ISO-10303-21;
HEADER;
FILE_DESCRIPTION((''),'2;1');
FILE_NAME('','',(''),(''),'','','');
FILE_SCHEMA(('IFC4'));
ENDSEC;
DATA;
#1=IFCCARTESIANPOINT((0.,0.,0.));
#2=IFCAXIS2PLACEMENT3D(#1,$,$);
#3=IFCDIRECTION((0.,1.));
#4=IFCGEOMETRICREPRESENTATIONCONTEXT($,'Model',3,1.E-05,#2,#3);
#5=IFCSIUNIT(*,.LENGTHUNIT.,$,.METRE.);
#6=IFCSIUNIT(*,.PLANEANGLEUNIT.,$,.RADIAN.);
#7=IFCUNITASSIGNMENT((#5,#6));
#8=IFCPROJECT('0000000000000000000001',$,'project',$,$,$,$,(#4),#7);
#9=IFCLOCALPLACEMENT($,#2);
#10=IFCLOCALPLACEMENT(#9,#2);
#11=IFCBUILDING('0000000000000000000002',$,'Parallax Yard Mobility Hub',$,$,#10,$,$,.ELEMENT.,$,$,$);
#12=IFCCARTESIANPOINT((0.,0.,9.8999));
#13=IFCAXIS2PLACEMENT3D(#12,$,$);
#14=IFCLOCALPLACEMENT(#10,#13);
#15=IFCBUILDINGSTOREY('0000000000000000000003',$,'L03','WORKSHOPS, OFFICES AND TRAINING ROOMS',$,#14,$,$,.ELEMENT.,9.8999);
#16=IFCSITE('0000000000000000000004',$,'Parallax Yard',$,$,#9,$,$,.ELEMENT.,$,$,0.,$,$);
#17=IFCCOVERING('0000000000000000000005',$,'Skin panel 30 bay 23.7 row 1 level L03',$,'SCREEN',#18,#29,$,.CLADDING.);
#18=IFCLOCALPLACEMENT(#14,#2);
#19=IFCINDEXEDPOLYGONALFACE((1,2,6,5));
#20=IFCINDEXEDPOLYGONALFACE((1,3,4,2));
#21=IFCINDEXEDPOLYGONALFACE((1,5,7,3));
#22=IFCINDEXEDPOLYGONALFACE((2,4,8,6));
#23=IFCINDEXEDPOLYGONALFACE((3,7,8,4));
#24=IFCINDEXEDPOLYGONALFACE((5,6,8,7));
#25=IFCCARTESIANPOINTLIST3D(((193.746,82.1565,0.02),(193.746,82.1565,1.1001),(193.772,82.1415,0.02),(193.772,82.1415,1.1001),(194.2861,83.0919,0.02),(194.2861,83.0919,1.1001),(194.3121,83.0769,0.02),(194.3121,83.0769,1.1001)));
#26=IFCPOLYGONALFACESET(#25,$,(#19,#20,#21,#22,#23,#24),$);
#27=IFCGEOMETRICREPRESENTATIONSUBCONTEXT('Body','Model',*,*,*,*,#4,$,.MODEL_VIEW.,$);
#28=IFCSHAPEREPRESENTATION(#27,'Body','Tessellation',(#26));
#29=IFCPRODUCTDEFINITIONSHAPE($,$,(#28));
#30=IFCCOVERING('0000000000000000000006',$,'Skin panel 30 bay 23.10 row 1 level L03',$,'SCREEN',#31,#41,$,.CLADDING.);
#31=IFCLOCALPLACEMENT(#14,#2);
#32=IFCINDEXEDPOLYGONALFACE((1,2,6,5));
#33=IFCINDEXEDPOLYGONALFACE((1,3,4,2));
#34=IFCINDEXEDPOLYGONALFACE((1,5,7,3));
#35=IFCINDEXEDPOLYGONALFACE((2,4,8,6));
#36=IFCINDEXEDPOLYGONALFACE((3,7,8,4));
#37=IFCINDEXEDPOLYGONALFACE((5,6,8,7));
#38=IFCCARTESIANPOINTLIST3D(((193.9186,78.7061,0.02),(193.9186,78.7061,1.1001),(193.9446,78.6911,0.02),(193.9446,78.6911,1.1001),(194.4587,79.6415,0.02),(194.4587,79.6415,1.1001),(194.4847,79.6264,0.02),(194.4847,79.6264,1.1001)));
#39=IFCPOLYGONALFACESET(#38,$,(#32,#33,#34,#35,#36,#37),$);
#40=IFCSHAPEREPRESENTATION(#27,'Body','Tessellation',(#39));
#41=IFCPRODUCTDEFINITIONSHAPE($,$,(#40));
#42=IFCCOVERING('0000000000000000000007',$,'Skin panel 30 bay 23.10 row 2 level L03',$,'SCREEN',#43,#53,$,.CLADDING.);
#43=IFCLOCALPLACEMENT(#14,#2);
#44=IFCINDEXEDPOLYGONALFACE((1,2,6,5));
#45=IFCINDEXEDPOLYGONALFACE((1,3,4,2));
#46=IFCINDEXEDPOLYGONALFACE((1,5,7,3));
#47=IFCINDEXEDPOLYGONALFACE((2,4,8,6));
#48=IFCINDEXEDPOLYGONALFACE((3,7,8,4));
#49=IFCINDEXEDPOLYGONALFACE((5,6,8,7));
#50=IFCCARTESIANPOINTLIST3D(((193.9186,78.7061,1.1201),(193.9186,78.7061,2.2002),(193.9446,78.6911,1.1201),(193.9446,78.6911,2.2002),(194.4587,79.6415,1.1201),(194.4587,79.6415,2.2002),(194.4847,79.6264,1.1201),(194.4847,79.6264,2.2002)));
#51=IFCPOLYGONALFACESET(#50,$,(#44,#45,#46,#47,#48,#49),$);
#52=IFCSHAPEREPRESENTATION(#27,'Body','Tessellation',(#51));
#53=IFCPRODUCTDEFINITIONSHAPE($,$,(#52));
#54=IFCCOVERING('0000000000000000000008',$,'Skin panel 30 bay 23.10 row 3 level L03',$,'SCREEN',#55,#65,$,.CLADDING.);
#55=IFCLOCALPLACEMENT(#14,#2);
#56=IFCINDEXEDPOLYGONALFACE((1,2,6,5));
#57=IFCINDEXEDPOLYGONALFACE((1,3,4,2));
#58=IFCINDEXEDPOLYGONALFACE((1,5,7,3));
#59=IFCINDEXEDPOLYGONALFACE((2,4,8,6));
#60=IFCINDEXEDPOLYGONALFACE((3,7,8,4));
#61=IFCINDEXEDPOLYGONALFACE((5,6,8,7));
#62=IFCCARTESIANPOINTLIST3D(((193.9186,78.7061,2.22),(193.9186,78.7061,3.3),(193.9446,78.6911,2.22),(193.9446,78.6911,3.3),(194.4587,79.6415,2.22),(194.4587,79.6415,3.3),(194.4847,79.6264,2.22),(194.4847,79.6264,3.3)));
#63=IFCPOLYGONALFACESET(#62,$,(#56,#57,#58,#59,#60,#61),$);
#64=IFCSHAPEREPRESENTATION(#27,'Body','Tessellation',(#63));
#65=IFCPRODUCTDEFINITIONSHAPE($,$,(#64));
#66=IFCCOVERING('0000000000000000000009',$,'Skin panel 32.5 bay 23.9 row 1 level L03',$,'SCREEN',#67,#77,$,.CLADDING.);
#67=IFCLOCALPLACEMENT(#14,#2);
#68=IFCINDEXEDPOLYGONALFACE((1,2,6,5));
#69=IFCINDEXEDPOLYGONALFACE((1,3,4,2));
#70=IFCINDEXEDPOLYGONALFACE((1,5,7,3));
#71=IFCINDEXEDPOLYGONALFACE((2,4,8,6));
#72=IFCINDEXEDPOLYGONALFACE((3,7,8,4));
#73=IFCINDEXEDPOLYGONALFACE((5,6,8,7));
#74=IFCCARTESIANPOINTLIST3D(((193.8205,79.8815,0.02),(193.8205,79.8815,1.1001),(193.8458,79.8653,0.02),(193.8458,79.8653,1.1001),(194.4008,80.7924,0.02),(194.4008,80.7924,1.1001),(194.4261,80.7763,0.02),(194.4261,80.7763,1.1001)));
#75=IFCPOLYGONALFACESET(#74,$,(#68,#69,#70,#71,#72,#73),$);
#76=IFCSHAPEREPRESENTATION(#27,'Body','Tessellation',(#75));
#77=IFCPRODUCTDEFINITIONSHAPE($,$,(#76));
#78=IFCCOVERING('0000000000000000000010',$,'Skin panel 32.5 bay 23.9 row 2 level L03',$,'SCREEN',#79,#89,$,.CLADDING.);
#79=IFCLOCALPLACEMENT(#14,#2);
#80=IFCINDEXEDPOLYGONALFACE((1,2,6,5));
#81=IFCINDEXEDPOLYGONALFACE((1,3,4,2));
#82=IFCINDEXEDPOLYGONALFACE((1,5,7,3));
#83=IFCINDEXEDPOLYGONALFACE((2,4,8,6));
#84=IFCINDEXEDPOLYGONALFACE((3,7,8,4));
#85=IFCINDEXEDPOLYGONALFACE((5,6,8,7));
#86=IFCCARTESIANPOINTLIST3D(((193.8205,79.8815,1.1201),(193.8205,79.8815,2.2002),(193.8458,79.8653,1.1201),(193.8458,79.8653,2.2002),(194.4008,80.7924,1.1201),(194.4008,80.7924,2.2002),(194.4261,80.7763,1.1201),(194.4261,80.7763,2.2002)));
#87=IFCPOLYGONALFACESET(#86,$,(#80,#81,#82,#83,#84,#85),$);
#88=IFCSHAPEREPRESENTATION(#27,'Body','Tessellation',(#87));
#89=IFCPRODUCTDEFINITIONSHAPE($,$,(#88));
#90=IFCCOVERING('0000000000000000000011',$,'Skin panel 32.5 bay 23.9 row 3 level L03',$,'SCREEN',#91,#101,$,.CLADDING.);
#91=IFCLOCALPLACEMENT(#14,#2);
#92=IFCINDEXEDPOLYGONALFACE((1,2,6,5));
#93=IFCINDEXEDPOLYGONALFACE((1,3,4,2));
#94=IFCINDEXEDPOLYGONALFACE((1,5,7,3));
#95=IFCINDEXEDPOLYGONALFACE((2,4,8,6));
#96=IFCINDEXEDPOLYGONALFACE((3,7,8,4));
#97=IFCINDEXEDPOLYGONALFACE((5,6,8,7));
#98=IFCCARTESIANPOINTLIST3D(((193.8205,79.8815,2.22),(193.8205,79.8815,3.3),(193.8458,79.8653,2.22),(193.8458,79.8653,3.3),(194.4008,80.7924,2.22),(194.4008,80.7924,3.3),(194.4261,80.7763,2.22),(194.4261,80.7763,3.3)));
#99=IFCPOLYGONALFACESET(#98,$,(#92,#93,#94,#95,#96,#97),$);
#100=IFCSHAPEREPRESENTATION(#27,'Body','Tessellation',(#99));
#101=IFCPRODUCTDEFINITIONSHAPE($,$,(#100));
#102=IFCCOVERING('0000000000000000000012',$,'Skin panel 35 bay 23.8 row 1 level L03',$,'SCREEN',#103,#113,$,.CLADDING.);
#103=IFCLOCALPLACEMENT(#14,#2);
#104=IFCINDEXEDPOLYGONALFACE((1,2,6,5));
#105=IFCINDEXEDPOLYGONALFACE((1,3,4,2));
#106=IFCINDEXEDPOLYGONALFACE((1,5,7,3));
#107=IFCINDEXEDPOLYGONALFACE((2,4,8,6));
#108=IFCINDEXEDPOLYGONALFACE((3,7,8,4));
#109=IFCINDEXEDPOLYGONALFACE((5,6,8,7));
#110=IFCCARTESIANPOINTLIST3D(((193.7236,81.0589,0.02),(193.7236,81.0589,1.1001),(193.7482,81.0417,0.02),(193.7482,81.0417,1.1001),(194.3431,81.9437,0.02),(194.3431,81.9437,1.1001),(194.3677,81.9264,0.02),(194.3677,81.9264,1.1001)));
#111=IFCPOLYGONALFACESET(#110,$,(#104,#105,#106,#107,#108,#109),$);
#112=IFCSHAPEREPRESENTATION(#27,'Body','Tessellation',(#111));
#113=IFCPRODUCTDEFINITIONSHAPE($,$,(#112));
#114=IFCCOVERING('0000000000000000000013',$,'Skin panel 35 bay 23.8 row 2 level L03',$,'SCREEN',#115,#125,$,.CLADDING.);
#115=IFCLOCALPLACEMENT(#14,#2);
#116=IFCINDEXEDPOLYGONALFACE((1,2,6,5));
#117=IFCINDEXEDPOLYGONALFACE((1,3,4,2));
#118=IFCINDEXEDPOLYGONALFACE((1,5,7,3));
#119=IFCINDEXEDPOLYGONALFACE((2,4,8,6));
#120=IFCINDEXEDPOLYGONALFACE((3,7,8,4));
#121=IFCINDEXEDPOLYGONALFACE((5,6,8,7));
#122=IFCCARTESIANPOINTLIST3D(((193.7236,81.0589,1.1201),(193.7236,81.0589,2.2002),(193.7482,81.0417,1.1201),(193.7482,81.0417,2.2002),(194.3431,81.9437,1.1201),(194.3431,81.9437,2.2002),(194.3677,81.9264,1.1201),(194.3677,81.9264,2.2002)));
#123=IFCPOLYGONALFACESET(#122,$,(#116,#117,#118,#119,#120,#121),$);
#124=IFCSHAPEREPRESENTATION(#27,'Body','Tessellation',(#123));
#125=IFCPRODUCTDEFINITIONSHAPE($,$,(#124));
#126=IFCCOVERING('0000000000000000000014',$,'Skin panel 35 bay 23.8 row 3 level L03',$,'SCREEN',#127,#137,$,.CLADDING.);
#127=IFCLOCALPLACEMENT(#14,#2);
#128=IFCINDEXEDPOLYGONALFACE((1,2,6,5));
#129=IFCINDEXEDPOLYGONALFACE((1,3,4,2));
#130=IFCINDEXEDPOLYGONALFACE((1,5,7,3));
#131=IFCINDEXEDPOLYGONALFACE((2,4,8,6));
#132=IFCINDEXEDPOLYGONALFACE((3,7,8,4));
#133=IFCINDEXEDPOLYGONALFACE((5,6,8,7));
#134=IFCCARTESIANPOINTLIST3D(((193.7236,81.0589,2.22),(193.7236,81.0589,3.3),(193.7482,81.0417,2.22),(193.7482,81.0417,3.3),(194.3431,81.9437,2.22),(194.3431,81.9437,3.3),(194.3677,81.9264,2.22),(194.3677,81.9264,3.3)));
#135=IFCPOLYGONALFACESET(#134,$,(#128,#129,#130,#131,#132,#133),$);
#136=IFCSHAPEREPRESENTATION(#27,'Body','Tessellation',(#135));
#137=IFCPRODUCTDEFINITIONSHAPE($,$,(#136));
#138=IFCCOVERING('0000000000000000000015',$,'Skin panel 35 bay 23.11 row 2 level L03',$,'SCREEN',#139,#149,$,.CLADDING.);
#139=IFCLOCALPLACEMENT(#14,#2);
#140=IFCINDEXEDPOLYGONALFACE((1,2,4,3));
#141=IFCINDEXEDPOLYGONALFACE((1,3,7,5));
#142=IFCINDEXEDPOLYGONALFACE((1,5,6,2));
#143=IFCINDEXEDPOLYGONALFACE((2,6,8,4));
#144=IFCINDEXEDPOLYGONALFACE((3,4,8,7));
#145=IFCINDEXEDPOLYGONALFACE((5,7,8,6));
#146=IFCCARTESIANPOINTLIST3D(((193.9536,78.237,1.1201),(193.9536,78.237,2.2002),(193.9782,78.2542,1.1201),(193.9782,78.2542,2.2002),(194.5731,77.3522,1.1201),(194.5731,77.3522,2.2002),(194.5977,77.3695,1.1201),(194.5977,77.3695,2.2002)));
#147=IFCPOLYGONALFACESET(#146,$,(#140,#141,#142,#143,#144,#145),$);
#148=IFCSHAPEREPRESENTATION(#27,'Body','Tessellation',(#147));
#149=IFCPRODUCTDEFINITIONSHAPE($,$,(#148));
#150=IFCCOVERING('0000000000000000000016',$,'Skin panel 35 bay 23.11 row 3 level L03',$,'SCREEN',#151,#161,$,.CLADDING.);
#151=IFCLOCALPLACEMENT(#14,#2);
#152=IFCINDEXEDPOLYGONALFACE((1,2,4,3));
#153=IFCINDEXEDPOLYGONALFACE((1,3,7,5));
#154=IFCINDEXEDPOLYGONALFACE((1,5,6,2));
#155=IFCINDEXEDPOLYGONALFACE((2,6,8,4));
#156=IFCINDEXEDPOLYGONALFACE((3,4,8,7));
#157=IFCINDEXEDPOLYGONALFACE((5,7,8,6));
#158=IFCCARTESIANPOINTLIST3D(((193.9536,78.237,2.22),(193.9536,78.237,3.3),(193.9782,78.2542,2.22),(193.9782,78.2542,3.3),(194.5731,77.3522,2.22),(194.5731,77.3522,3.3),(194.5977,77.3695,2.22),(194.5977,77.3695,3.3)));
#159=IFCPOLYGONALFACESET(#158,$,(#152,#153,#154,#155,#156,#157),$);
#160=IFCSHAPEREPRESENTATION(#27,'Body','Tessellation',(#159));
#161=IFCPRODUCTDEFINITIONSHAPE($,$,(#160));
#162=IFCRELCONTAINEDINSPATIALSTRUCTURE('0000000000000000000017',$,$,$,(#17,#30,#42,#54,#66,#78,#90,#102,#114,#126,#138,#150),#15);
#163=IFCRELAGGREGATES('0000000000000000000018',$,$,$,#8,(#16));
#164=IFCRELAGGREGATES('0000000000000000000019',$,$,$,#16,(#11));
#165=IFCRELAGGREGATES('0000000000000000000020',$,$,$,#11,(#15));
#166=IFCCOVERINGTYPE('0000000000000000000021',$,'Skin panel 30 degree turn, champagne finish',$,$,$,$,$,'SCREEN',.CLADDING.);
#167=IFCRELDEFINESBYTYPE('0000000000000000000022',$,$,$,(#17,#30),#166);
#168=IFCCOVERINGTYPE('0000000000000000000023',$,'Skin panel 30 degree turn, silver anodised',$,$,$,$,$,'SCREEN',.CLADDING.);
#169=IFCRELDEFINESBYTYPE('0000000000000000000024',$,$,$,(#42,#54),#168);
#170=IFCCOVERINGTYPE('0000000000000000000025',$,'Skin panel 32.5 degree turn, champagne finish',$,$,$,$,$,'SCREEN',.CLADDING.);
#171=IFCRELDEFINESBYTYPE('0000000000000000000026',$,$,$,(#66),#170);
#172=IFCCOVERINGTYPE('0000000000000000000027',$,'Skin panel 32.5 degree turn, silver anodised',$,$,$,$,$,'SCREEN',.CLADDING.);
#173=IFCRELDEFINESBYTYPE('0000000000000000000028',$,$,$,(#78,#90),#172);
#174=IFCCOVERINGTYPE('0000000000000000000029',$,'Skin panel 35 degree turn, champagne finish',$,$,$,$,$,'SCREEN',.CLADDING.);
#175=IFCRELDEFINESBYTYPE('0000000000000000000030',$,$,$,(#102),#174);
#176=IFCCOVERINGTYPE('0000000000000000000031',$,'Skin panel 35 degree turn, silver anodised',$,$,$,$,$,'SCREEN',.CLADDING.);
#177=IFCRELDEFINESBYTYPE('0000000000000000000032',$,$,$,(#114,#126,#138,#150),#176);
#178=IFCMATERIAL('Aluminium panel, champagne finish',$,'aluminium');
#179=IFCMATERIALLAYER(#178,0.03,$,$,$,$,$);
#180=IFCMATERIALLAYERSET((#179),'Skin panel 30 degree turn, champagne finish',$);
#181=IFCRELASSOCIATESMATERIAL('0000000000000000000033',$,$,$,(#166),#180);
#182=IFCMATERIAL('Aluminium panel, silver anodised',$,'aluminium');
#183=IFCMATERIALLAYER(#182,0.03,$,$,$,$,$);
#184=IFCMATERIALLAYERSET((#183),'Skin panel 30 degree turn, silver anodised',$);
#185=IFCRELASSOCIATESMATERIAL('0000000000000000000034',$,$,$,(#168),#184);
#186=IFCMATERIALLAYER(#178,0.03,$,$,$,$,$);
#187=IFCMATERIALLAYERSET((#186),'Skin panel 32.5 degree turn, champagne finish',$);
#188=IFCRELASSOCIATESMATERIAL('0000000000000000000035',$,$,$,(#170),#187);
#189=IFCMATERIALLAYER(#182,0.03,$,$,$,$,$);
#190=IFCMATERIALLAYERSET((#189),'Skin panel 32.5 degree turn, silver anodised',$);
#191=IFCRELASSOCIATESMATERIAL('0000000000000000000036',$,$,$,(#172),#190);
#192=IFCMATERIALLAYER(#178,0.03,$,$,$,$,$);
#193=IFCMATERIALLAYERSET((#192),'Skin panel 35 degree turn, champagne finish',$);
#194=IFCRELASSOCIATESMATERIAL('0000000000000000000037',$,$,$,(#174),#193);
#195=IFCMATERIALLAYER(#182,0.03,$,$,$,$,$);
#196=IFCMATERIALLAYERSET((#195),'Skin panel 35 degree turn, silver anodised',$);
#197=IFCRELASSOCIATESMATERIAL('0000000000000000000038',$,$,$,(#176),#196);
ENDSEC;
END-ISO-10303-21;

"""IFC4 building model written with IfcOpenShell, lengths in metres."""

from ifc_helpers import new_model, si_unit, direction, frame, origin, origin_2d, place, context, subcontext, project, spatial, rectangle, extrude, material, layer, layer_set, type_object, element, save


model = new_model("IFC4")

# Units and contexts
model_context = context("Model", 3, precision=1e-05, world=origin(), true_north=direction((0.0, 1.0)))
body_context = subcontext(model_context, "Body", "Model", "MODEL_VIEW")
ifc_project = project(units=[si_unit("LENGTHUNIT", "METRE"), si_unit("PLANEANGLEUNIT", "RADIAN")], contexts=[model_context])

# Site, building, storey
site_placement = place(None, origin())
site = spatial("IfcSite", under=ifc_project, at=site_placement, Name="Parallax Yard", CompositionType="ELEMENT", RefElevation=0.0)
building_placement = place(site_placement, origin())
building = spatial("IfcBuilding", under=site, at=building_placement, Name="Parallax Yard Mobility Hub", CompositionType="ELEMENT")
storey_placement = place(building_placement, frame((0.0, 0.0, 9.8999)))
storey = spatial("IfcBuildingStorey", under=building, at=storey_placement, Name="L03", Description="WORKSHOPS, OFFICES AND TRAINING ROOMS", CompositionType="ELEMENT", Elevation=9.8999)

# Coverings
ifc_material_1 = material(Name="Aluminium panel, champagne finish", Category="aluminium")
ifc_layer_1 = layer(ifc_material_1, 0.03)
ifc_layer_set_1 = layer_set([ifc_layer_1], Name="Skin panel 30 degree turn, champagne finish")
covering_type_1 = type_object("IfcCoveringType", Name="Skin panel 30 degree turn, champagne finish", ElementType="SCREEN", PredefinedType="CLADDING", material=ifc_layer_set_1)
for number, where, z_axis, x_axis, name in (
    (1, (194.0291, 82.6167, 0.02), (0.0, 0.0, 1.0), (-0.5, -0.866025, 0.0), "Skin panel 30 bay 23.7 row 1 level L03"),
    (2, (194.2017, 79.1663, 0.02), (0.0, 0.0, 1.0), (-0.5, -0.866025, 0.0), "Skin panel 30 bay 23.10 row 1 level L03"),
):
    element("IfcCovering", number, at=place(storey_placement, frame(where, z_axis=z_axis, x_axis=x_axis)), inside=storey, type_object=covering_type_1, Name=name, ObjectType="SCREEN", PredefinedType="CLADDING", context=body_context, shape_type="SweptSolid", body=[
        extrude(rectangle(XDim=1.0801, YDim=0.03, at=origin_2d()), origin(), (0.0, 0.0, 1.0), 1.0801),
    ])
ifc_material_2 = material(Name="Aluminium panel, silver anodised", Category="aluminium")
ifc_layer_2 = layer(ifc_material_2, 0.03)
ifc_layer_set_2 = layer_set([ifc_layer_2], Name="Skin panel 30 degree turn, silver anodised")
covering_type_2 = type_object("IfcCoveringType", Name="Skin panel 30 degree turn, silver anodised", ElementType="SCREEN", PredefinedType="CLADDING", material=ifc_layer_set_2)
for number, where, z_axis, x_axis, name in (
    (3, (194.2017, 79.1663, 1.1201), (0.0, 0.0, 1.0), (-0.5, -0.866025, 0.0), "Skin panel 30 bay 23.10 row 2 level L03"),
    (4, (194.2017, 79.1663, 2.22), (0.0, 0.0, 1.0), (-0.5, -0.866025, 0.0), "Skin panel 30 bay 23.10 row 3 level L03"),
):
    element("IfcCovering", number, at=place(storey_placement, frame(where, z_axis=z_axis, x_axis=x_axis)), inside=storey, type_object=covering_type_2, Name=name, ObjectType="SCREEN", PredefinedType="CLADDING", context=body_context, shape_type="SweptSolid", body=[
        extrude(rectangle(XDim=1.0801, YDim=0.03, at=origin_2d()), origin(), (0.0, 0.0, 1.0), 1.0801),
    ])
ifc_layer_3 = layer(ifc_material_1, 0.03)
ifc_layer_set_3 = layer_set([ifc_layer_3], Name="Skin panel 32.5 degree turn, champagne finish")
covering_type_3 = type_object("IfcCoveringType", Name="Skin panel 32.5 degree turn, champagne finish", ElementType="SCREEN", PredefinedType="CLADDING", material=ifc_layer_set_3)
covering_1_placement = place(storey_placement, frame((194.1233, 80.3289, 0.02), z_axis=(0.0, 0.0, 1.0), x_axis=(-0.5373, -0.843391, 0.0)))
element("IfcCovering", 5, at=covering_1_placement, inside=storey, type_object=covering_type_3, Name="Skin panel 32.5 bay 23.9 row 1 level L03", ObjectType="SCREEN", PredefinedType="CLADDING", context=body_context, shape_type="SweptSolid", body=[
    extrude(rectangle(XDim=1.0801, YDim=0.03, at=origin_2d()), origin(), (0.0, 0.0, 1.0), 1.0801),
])
ifc_layer_4 = layer(ifc_material_2, 0.03)
ifc_layer_set_4 = layer_set([ifc_layer_4], Name="Skin panel 32.5 degree turn, silver anodised")
covering_type_4 = type_object("IfcCoveringType", Name="Skin panel 32.5 degree turn, silver anodised", ElementType="SCREEN", PredefinedType="CLADDING", material=ifc_layer_set_4)
for number, where, z_axis, x_axis, name in (
    (6, (194.1233, 80.3289, 1.1201), (0.0, 0.0, 1.0), (-0.5373, -0.843391, 0.0), "Skin panel 32.5 bay 23.9 row 2 level L03"),
    (7, (194.1233, 80.3289, 2.22), (0.0, 0.0, 1.0), (-0.5373, -0.843391, 0.0), "Skin panel 32.5 bay 23.9 row 3 level L03"),
):
    element("IfcCovering", number, at=place(storey_placement, frame(where, z_axis=z_axis, x_axis=x_axis)), inside=storey, type_object=covering_type_4, Name=name, ObjectType="SCREEN", PredefinedType="CLADDING", context=body_context, shape_type="SweptSolid", body=[
        extrude(rectangle(XDim=1.0801, YDim=0.03, at=origin_2d()), origin(), (0.0, 0.0, 1.0), 1.0801),
    ])
ifc_layer_5 = layer(ifc_material_1, 0.03)
ifc_layer_set_5 = layer_set([ifc_layer_5], Name="Skin panel 35 degree turn, champagne finish")
covering_type_5 = type_object("IfcCoveringType", Name="Skin panel 35 degree turn, champagne finish", ElementType="SCREEN", PredefinedType="CLADDING", material=ifc_layer_set_5)
covering_2_placement = place(storey_placement, frame((194.0457, 81.4927, 0.02), z_axis=(0.0, 0.0, 1.0), x_axis=(-0.573576, -0.819152, 0.0)))
element("IfcCovering", 8, at=covering_2_placement, inside=storey, type_object=covering_type_5, Name="Skin panel 35 bay 23.8 row 1 level L03", ObjectType="SCREEN", PredefinedType="CLADDING", context=body_context, shape_type="SweptSolid", body=[
    extrude(rectangle(XDim=1.0801, YDim=0.03, at=origin_2d()), origin(), (0.0, 0.0, 1.0), 1.0801),
])
ifc_layer_6 = layer(ifc_material_2, 0.03)
ifc_layer_set_6 = layer_set([ifc_layer_6], Name="Skin panel 35 degree turn, silver anodised")
covering_type_6 = type_object("IfcCoveringType", Name="Skin panel 35 degree turn, silver anodised", ElementType="SCREEN", PredefinedType="CLADDING", material=ifc_layer_set_6)
for number, where, z_axis, x_axis, name in (
    (9, (194.0457, 81.4927, 1.1201), (0.0, 0.0, 1.0), (-0.573576, -0.819152, 0.0), "Skin panel 35 bay 23.8 row 2 level L03"),
    (10, (194.0457, 81.4927, 2.22), (0.0, 0.0, 1.0), (-0.573576, -0.819152, 0.0), "Skin panel 35 bay 23.8 row 3 level L03"),
    (11, (194.2756, 77.8032, 1.1201), (0.0, 0.0, 1.0), (-0.573576, 0.819152, 0.0), "Skin panel 35 bay 23.11 row 2 level L03"),
    (12, (194.2756, 77.8032, 2.22), (0.0, 0.0, 1.0), (-0.573576, 0.819152, 0.0), "Skin panel 35 bay 23.11 row 3 level L03"),
):
    element("IfcCovering", number, at=place(storey_placement, frame(where, z_axis=z_axis, x_axis=x_axis)), inside=storey, type_object=covering_type_6, Name=name, ObjectType="SCREEN", PredefinedType="CLADDING", context=body_context, shape_type="SweptSolid", body=[
        extrude(rectangle(XDim=1.0801, YDim=0.03, at=origin_2d()), origin(), (0.0, 0.0, 1.0), 1.0801),
    ])

save(model, "model.ifc")
